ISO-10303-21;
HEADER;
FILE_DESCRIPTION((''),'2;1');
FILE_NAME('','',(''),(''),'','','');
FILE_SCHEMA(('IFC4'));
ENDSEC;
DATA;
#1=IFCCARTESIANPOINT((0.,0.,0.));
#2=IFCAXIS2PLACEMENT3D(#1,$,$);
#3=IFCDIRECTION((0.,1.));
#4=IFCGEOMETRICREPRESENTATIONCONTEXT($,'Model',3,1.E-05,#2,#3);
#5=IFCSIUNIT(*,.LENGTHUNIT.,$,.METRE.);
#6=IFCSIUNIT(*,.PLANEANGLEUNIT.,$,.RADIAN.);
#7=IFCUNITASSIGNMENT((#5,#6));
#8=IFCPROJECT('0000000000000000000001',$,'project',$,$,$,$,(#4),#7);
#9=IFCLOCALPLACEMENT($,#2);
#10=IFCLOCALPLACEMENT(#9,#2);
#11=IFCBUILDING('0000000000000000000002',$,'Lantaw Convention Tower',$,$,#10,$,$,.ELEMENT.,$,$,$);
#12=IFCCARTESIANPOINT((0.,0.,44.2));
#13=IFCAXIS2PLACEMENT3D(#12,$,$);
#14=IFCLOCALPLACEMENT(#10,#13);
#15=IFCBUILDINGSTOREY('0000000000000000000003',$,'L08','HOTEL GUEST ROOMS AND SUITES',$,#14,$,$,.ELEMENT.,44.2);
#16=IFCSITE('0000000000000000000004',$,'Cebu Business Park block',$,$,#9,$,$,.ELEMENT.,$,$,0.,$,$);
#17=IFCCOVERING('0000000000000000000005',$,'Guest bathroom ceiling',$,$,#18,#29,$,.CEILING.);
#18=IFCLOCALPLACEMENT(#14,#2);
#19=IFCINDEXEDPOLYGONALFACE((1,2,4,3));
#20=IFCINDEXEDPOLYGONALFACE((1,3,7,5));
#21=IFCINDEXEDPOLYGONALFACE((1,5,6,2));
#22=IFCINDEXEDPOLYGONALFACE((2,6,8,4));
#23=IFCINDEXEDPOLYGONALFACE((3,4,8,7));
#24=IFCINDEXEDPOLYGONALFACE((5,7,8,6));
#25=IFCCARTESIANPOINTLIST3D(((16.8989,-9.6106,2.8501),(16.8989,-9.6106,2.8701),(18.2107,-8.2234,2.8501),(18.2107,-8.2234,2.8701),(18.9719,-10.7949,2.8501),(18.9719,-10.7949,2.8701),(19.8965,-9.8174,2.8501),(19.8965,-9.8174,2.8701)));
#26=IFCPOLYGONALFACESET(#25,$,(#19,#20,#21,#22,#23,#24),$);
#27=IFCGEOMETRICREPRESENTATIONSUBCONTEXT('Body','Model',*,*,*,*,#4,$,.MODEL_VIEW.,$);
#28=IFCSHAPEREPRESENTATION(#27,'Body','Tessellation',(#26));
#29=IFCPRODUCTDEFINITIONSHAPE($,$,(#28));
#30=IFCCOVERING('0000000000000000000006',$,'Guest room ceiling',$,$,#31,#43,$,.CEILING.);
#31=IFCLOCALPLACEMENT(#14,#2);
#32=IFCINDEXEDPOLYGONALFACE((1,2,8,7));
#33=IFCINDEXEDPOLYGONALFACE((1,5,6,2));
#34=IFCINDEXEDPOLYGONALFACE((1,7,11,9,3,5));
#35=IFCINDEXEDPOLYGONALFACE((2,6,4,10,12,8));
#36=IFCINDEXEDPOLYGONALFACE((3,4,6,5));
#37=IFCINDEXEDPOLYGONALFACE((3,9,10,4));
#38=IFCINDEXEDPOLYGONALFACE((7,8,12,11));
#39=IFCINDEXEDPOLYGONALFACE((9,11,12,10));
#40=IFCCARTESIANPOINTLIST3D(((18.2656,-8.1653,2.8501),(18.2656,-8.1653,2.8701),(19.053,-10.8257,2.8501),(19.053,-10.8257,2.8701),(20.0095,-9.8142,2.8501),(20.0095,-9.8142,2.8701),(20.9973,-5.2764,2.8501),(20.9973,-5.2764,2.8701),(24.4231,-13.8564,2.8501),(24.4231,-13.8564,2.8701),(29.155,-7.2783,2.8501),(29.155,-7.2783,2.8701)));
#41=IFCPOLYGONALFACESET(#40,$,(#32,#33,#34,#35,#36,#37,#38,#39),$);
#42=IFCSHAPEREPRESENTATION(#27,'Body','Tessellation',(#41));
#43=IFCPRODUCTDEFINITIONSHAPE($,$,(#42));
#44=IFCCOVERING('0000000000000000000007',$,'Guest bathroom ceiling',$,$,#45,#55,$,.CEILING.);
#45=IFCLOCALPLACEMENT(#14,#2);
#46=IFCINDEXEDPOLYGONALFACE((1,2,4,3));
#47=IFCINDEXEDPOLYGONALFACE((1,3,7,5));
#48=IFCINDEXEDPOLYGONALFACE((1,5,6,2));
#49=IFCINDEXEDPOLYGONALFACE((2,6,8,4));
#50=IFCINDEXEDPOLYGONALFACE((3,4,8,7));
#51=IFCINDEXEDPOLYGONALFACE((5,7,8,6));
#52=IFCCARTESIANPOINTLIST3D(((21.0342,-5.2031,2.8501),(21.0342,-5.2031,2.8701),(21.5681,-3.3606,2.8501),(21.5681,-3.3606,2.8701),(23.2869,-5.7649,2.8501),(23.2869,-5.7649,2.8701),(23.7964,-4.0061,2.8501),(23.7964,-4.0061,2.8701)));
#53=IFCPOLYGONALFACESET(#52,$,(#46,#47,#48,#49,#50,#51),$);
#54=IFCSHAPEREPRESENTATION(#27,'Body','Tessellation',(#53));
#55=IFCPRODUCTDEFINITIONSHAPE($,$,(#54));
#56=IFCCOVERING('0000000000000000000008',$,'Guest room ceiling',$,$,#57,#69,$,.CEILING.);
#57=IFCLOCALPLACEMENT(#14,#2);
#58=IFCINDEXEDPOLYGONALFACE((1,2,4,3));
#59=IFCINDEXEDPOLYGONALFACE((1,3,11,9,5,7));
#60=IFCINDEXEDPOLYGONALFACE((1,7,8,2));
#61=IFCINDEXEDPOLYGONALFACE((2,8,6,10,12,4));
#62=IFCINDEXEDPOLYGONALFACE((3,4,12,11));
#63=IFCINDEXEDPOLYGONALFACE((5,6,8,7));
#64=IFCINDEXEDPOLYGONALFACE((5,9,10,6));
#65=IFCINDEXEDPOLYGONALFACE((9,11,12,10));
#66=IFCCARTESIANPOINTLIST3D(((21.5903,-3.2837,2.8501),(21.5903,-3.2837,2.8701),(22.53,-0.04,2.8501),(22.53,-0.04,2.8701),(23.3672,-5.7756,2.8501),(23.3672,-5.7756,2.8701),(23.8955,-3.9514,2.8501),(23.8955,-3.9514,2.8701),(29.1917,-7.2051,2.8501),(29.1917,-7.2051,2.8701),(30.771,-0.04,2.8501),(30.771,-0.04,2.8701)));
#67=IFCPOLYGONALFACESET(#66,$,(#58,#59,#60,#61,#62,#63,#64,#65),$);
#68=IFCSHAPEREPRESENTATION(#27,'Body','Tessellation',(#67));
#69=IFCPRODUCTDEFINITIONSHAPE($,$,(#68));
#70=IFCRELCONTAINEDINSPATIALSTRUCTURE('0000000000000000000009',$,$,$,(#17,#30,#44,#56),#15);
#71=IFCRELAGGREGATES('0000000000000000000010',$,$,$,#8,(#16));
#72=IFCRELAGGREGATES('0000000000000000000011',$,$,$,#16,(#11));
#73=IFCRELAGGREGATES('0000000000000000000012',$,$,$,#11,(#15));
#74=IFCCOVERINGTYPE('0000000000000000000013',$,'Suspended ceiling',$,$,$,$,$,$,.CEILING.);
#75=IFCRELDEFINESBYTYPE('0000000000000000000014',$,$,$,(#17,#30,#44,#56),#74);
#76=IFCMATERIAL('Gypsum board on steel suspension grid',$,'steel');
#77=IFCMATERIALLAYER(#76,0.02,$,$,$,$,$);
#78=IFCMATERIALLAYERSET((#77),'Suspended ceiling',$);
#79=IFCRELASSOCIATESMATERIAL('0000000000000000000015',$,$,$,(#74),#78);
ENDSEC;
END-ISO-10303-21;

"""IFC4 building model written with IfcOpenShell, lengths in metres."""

from ifc_helpers import new_model, si_unit, direction, frame, origin, place, context, subcontext, project, spatial, polyline, outline, extrude, material, layer, layer_set, type_object, element, save


model = new_model("IFC4")

# Units and contexts
model_context = context("Model", 3, precision=1e-05, world=origin(), true_north=direction((0.0, 1.0)))
body_context = subcontext(model_context, "Body", "Model", "MODEL_VIEW")
ifc_project = project(units=[si_unit("LENGTHUNIT", "METRE"), si_unit("PLANEANGLEUNIT", "RADIAN")], contexts=[model_context])

# Site, building, storey
site_placement = place(None, origin())
site = spatial("IfcSite", under=ifc_project, at=site_placement, Name="Cebu Business Park block", CompositionType="ELEMENT", RefElevation=0.0)
building_placement = place(site_placement, origin())
building = spatial("IfcBuilding", under=site, at=building_placement, Name="Lantaw Convention Tower", CompositionType="ELEMENT")
storey_placement = place(building_placement, frame((0.0, 0.0, 44.2)))
storey = spatial("IfcBuildingStorey", under=building, at=storey_placement, Name="L08", Description="HOTEL GUEST ROOMS AND SUITES", CompositionType="ELEMENT", Elevation=44.2)

# Coverings
ifc_material_1 = material(Name="Gypsum board on steel suspension grid", Category="steel")
ifc_layer_1 = layer(ifc_material_1, 0.02)
ifc_layer_set_1 = layer_set([ifc_layer_1], Name="Suspended ceiling")
covering_type = type_object("IfcCoveringType", Name="Suspended ceiling", PredefinedType="CEILING", material=ifc_layer_set_1)
covering_1_placement = place(storey_placement, frame((0.0, 0.0, 2.8501)))
element("IfcCovering", 1, at=covering_1_placement, inside=storey, type_object=covering_type, Name="Guest bathroom ceiling", PredefinedType="CEILING", context=body_context, shape_type="SweptSolid", body=[
    extrude(outline(polyline([(16.8989, -9.6106), (18.9719, -10.7949), (19.8965, -9.8174), (18.2107, -8.2234), (16.8989, -9.6106)])), origin(), (0.0, 0.0, 1.0), 0.02),
])
covering_2_placement = place(storey_placement, frame((0.0, 0.0, 2.8501)))
element("IfcCovering", 2, at=covering_2_placement, inside=storey, type_object=covering_type, Name="Guest room ceiling", PredefinedType="CEILING", context=body_context, shape_type="SweptSolid", body=[
    extrude(outline(polyline([(20.9973, -5.2764), (18.2656, -8.1653), (20.0095, -9.8142), (19.053, -10.8257), (24.4231, -13.8564), (29.155, -7.2783), (20.9973, -5.2764)])), origin(), (0.0, 0.0, 1.0), 0.02),
])
covering_3_placement = place(storey_placement, frame((0.0, 0.0, 2.8501)))
element("IfcCovering", 3, at=covering_3_placement, inside=storey, type_object=covering_type, Name="Guest bathroom ceiling", PredefinedType="CEILING", context=body_context, shape_type="SweptSolid", body=[
    extrude(outline(polyline([(21.0342, -5.2031), (23.2869, -5.7649), (23.7964, -4.0061), (21.5681, -3.3606), (21.0342, -5.2031)])), origin(), (0.0, 0.0, 1.0), 0.02),
])
covering_4_placement = place(storey_placement, frame((0.0, 0.0, 2.8501)))
element("IfcCovering", 4, at=covering_4_placement, inside=storey, type_object=covering_type, Name="Guest room ceiling", PredefinedType="CEILING", context=body_context, shape_type="SweptSolid", body=[
    extrude(outline(polyline([(22.53, -0.04), (21.5903, -3.2837), (23.8955, -3.9514), (23.3672, -5.7756), (29.1917, -7.2051), (30.771, -0.04), (22.53, -0.04)])), origin(), (0.0, 0.0, 1.0), 0.02),
])

save(model, "model.ifc")
